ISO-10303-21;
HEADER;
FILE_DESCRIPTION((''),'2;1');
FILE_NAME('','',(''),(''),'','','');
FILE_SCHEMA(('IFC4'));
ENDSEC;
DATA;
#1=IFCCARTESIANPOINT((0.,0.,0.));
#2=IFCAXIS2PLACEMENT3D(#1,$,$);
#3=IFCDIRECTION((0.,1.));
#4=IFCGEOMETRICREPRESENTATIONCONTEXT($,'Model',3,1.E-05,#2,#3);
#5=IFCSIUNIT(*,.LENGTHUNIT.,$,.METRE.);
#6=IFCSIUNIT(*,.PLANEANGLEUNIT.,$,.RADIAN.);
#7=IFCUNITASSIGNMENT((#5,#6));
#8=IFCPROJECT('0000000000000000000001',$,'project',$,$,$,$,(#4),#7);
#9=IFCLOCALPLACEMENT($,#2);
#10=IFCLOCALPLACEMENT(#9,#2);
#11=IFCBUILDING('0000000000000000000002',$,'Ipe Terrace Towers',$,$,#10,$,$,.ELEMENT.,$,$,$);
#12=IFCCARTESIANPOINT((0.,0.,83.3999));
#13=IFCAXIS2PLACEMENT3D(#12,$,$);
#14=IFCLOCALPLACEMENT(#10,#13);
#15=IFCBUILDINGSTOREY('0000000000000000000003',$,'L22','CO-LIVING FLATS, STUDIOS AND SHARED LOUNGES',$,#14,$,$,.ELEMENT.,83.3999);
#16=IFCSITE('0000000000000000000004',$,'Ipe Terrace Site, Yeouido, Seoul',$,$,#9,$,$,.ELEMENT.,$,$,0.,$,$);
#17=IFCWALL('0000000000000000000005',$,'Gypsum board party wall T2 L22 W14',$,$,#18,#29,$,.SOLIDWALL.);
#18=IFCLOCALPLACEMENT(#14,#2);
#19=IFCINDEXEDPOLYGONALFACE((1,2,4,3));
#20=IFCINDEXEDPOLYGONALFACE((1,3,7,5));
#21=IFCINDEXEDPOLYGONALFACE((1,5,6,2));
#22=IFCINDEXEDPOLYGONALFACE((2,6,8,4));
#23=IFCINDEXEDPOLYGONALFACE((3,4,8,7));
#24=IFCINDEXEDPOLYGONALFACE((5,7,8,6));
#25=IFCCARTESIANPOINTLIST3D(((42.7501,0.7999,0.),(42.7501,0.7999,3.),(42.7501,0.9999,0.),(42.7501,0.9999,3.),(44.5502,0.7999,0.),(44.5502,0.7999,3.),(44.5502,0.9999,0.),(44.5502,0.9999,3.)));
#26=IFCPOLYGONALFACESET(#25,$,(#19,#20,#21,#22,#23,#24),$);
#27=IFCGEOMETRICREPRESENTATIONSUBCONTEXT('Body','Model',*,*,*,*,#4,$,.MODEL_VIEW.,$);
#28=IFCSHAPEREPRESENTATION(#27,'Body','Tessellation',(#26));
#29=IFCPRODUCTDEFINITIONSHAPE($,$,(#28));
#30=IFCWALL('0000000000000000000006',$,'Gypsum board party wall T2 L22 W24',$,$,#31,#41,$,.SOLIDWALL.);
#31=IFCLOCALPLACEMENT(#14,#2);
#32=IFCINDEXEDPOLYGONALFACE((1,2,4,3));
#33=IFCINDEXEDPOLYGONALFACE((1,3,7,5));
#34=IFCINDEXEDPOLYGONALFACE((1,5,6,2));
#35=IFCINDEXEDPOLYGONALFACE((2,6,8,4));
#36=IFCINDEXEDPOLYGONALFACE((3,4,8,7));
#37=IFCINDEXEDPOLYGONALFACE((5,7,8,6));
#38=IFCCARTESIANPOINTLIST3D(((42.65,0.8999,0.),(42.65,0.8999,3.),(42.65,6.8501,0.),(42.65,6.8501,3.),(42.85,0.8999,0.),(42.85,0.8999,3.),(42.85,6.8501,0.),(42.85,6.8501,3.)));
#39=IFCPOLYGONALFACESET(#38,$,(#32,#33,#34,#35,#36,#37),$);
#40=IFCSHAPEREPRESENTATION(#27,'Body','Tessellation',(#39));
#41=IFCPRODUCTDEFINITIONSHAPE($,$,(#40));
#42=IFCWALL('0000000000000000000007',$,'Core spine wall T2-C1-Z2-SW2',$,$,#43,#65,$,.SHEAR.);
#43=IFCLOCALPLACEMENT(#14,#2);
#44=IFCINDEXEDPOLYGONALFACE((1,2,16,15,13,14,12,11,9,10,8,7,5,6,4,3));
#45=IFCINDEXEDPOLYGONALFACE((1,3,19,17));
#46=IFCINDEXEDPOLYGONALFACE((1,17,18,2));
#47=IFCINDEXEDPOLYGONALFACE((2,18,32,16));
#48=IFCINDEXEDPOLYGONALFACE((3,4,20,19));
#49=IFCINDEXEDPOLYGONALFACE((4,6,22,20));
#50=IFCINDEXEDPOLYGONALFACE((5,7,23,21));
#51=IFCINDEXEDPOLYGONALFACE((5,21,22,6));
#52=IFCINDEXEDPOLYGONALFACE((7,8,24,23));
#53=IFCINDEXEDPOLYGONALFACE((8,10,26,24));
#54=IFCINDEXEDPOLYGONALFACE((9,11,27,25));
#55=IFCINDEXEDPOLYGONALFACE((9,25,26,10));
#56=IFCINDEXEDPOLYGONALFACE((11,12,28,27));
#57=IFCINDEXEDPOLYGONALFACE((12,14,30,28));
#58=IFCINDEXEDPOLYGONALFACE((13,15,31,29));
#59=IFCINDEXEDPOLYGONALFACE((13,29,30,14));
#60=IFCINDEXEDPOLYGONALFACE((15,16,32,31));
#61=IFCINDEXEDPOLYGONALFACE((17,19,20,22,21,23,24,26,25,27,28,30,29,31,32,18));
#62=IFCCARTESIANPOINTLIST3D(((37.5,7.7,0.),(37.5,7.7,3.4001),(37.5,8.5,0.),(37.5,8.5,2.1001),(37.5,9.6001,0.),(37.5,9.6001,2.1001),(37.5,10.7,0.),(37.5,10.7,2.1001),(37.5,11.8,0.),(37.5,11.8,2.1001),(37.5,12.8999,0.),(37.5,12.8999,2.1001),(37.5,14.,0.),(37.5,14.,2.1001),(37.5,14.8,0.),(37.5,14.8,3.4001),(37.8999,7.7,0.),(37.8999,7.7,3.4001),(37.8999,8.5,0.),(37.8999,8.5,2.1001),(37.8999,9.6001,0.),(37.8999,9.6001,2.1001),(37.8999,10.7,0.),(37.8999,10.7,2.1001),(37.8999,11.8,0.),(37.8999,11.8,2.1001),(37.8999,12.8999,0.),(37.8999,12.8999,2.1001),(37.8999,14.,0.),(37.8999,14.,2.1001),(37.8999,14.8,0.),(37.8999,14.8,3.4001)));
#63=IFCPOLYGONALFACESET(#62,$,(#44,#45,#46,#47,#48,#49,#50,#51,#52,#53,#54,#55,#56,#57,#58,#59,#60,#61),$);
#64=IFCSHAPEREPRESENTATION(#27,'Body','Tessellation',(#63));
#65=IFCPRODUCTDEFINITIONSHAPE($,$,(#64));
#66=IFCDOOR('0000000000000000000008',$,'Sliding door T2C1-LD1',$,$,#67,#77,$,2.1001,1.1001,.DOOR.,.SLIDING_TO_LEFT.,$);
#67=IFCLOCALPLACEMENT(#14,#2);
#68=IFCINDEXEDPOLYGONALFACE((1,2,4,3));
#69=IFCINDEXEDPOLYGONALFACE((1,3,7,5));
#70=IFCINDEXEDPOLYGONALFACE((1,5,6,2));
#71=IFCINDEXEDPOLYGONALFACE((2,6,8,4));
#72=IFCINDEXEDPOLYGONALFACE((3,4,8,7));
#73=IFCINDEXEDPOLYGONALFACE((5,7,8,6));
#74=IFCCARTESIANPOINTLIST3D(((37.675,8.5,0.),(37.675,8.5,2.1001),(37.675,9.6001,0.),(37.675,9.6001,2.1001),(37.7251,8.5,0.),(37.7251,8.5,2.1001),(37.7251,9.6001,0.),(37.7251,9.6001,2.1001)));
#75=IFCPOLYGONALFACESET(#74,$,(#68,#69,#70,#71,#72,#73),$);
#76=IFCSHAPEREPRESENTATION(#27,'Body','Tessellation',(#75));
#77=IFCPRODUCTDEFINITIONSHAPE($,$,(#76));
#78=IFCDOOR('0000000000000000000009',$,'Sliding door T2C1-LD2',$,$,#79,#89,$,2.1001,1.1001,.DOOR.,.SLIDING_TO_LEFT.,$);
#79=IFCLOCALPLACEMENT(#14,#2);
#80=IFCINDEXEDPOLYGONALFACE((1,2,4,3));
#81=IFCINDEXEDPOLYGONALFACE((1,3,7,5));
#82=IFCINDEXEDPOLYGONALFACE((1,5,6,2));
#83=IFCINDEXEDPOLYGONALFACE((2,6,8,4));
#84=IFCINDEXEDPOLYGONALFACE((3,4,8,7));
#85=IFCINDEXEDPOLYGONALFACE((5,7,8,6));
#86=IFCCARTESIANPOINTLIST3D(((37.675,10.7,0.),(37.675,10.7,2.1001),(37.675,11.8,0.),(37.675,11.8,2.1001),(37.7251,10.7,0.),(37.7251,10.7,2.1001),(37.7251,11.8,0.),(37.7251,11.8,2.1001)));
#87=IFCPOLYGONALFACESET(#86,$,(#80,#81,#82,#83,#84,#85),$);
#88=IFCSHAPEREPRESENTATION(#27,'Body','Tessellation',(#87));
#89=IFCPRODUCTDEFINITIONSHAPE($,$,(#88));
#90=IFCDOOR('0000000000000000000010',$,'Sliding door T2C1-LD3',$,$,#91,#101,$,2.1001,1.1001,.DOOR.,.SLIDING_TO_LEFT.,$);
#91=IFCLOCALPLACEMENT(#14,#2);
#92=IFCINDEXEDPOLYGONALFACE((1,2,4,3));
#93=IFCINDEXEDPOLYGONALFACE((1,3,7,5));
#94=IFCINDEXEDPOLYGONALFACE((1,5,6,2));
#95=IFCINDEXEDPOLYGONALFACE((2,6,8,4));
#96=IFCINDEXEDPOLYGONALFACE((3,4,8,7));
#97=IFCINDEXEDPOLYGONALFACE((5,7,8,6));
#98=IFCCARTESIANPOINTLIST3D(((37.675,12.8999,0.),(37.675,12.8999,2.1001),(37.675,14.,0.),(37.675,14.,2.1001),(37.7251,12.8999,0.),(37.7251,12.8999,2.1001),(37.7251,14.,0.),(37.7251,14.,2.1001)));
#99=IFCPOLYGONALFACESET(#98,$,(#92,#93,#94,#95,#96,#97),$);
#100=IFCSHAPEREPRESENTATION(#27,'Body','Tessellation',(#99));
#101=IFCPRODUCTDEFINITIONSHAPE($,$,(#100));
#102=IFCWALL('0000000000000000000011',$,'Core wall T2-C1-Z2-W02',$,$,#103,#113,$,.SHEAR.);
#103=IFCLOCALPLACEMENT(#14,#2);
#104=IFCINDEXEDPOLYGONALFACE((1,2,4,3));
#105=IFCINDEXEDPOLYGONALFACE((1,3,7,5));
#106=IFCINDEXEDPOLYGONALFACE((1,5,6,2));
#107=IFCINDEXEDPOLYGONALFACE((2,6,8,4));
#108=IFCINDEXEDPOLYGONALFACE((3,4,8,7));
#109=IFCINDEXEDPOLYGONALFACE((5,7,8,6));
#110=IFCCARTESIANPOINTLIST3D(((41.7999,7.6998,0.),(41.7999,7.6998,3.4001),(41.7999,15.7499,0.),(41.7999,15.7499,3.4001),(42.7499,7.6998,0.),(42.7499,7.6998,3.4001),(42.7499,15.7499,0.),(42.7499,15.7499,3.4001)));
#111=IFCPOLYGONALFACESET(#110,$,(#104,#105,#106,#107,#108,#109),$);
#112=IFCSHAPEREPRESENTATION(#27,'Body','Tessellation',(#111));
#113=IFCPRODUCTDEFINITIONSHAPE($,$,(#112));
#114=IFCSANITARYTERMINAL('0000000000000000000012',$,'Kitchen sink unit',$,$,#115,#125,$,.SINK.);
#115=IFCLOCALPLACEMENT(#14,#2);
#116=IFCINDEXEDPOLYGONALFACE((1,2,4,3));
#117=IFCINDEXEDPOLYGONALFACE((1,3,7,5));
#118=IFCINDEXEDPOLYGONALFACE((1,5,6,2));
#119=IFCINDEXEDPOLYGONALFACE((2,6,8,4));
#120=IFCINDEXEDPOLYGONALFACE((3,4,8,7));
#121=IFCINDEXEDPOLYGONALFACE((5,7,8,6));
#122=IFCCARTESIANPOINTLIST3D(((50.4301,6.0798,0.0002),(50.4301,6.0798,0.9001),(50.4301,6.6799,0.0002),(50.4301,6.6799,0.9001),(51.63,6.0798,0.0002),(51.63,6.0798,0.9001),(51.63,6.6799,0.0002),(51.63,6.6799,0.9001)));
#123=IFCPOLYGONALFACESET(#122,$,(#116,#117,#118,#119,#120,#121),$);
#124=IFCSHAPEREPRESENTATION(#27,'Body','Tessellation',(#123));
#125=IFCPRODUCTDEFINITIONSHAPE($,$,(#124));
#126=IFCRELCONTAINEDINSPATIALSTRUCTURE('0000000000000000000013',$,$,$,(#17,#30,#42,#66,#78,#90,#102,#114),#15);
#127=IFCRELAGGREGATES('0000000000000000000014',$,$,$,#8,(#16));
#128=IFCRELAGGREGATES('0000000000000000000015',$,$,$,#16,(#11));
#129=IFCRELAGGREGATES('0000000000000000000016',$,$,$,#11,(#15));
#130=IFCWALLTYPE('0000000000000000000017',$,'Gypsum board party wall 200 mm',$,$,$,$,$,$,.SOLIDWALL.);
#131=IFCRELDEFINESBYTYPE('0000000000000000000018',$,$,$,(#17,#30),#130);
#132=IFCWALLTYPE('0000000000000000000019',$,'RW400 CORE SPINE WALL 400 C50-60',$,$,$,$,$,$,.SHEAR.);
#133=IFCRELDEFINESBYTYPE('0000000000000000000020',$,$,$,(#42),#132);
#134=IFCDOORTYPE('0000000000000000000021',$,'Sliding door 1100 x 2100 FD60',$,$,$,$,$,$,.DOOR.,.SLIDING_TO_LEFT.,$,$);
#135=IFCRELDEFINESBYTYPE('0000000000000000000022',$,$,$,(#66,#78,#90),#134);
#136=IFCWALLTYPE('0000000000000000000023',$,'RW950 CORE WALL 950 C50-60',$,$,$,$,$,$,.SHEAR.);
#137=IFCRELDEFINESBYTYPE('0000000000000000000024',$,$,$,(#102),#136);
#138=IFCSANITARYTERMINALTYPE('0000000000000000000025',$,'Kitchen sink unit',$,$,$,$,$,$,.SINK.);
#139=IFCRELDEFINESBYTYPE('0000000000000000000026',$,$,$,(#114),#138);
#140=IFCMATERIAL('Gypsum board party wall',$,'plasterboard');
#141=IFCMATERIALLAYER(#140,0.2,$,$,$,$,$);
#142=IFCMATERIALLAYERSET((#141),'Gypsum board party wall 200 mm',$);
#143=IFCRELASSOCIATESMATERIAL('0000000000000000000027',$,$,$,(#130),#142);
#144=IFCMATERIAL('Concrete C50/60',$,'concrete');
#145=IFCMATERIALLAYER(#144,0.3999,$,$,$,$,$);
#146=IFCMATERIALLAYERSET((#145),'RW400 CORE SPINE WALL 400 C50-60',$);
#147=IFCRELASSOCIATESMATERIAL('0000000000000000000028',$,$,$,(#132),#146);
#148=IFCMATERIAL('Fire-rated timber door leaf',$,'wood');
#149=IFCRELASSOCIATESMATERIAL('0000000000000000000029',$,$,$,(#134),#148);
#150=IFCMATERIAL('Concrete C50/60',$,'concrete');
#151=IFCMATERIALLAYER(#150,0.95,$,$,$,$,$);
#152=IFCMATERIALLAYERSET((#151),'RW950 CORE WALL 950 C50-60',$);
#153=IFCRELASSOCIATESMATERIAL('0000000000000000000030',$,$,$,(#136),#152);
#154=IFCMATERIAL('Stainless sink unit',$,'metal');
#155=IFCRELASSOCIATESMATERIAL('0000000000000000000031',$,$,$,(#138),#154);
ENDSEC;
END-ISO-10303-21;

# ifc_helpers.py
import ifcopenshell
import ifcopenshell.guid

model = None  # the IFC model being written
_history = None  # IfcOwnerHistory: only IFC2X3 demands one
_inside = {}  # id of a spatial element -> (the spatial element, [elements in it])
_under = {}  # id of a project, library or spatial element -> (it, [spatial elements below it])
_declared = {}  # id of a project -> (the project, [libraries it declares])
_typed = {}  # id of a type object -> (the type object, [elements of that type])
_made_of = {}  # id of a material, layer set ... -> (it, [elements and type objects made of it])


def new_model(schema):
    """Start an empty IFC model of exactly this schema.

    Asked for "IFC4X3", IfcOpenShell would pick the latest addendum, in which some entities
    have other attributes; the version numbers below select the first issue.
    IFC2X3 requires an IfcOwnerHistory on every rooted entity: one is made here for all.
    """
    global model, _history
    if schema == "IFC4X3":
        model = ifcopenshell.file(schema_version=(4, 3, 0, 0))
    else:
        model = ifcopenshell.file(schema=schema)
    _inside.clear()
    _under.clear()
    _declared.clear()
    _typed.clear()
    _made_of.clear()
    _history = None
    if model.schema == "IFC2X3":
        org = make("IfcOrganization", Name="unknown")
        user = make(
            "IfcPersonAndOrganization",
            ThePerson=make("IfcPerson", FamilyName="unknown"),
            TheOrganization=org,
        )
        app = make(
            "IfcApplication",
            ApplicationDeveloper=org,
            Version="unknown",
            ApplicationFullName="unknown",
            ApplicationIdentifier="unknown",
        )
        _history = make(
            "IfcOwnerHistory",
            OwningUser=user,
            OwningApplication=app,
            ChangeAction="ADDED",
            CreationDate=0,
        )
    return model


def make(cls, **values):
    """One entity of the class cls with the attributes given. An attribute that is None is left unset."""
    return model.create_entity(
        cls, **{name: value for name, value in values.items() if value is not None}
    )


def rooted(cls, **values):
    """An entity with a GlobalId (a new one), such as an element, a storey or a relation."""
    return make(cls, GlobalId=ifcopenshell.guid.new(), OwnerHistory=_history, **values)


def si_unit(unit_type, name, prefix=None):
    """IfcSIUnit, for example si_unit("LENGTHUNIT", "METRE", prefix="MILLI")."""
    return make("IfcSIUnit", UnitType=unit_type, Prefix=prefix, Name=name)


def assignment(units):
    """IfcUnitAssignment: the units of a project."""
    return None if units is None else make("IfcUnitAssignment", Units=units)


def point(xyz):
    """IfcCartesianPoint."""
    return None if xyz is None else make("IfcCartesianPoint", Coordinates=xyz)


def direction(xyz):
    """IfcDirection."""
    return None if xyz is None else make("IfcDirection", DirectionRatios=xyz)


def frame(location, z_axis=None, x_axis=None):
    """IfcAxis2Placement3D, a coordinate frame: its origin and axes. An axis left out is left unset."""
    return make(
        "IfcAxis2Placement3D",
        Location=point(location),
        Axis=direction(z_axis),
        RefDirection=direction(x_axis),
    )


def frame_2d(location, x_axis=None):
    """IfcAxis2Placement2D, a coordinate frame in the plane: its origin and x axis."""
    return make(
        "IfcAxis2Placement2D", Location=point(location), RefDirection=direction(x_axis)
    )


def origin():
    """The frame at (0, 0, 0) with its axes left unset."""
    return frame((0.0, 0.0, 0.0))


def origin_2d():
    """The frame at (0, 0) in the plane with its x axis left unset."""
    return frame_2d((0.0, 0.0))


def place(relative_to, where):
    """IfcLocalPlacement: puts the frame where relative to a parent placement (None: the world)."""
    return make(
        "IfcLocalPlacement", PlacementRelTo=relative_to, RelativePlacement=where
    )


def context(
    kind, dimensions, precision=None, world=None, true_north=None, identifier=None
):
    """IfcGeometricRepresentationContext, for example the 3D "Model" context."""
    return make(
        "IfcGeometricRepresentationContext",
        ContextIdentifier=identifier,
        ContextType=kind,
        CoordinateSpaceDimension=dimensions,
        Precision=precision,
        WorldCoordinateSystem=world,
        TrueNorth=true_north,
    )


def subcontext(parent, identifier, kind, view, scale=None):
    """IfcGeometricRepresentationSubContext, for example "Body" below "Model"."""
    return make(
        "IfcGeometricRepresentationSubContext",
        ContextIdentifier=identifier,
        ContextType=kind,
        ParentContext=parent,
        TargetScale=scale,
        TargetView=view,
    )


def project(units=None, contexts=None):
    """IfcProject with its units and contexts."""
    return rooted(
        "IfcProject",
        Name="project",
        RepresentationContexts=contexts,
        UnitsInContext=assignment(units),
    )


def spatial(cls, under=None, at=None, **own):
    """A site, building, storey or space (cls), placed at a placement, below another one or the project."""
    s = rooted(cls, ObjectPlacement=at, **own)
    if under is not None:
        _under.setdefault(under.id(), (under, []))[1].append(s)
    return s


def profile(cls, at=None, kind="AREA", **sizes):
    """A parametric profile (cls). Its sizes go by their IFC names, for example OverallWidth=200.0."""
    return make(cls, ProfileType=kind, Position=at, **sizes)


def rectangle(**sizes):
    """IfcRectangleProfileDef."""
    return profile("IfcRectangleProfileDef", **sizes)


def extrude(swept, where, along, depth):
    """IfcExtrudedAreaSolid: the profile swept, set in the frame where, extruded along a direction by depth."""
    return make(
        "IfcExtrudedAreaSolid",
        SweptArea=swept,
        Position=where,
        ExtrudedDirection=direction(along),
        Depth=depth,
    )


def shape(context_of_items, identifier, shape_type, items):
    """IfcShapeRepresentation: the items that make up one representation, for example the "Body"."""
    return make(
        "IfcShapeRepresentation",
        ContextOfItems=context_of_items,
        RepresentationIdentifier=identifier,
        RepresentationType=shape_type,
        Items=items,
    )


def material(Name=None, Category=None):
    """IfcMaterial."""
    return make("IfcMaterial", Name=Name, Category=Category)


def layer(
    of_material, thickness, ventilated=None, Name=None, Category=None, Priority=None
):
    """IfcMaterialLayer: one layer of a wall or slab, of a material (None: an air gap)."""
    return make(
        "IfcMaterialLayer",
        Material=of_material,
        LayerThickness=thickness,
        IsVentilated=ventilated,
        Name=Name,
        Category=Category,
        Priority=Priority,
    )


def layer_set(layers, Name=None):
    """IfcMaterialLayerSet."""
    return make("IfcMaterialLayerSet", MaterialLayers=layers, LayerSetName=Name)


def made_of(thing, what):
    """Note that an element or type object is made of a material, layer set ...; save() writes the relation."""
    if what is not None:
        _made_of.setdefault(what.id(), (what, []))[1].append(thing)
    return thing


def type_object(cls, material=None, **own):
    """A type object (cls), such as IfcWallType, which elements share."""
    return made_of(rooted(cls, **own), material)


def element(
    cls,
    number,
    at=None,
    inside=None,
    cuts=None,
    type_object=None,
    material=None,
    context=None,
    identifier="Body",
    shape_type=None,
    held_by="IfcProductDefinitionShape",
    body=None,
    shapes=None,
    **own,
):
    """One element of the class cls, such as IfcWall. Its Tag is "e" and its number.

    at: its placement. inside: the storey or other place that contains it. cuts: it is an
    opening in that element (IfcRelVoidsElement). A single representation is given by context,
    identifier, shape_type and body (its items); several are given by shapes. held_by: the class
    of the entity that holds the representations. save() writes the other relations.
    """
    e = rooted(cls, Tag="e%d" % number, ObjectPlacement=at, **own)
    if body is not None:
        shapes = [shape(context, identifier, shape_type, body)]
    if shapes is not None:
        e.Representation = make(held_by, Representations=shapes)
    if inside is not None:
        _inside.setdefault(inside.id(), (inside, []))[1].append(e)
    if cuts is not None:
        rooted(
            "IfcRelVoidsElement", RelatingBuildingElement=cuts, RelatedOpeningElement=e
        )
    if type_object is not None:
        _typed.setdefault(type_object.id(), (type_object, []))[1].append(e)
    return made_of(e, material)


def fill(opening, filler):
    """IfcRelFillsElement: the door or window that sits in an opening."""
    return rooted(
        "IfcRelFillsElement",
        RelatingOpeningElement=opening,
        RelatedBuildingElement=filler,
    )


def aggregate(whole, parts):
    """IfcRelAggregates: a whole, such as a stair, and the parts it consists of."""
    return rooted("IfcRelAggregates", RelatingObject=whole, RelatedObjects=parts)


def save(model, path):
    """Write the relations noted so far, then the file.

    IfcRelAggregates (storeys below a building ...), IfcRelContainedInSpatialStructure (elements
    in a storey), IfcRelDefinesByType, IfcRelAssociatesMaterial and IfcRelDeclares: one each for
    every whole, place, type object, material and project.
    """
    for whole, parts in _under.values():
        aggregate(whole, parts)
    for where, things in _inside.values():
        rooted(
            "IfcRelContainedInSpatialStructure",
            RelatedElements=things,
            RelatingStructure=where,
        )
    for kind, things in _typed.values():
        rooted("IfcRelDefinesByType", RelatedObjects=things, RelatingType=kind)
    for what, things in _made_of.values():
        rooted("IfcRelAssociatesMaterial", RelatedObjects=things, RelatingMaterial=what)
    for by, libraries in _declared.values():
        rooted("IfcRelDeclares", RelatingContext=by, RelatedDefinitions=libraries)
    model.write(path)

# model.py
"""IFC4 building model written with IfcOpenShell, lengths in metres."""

from ifc_helpers import new_model, si_unit, direction, frame, frame_2d, origin, origin_2d, place, context, subcontext, project, spatial, rectangle, extrude, material, layer, layer_set, type_object, element, fill, save


model = new_model("IFC4")

# Units and contexts
model_context = context("Model", 3, precision=1e-05, world=origin(), true_north=direction((0.0, 1.0)))
body_context = subcontext(model_context, "Body", "Model", "MODEL_VIEW")
ifc_project = project(units=[si_unit("LENGTHUNIT", "METRE"), si_unit("PLANEANGLEUNIT", "RADIAN")], contexts=[model_context])

# Site, building, storey
site_placement = place(None, origin())
site = spatial("IfcSite", under=ifc_project, at=site_placement, Name="Ipe Terrace Site, Yeouido, Seoul", CompositionType="ELEMENT", RefElevation=0.0)
building_placement = place(site_placement, origin())
building = spatial("IfcBuilding", under=site, at=building_placement, Name="Ipe Terrace Towers", CompositionType="ELEMENT")
storey_placement = place(building_placement, frame((0.0, 0.0, 83.3999)))
storey = spatial("IfcBuildingStorey", under=building, at=storey_placement, Name="L22", Description="CO-LIVING FLATS, STUDIOS AND SHARED LOUNGES", CompositionType="ELEMENT", Elevation=83.3999)

# Walls
ifc_material_1 = material(Name="Gypsum board party wall", Category="plasterboard")
ifc_layer_1 = layer(ifc_material_1, 0.2)
ifc_layer_set_1 = layer_set([ifc_layer_1], Name="Gypsum board party wall 200 mm")
wall_type_1 = type_object("IfcWallType", Name="Gypsum board party wall 200 mm", PredefinedType="SOLIDWALL", material=ifc_layer_set_1)
wall_1_placement = place(storey_placement, frame((44.55, 0.8999, 0.0), z_axis=(0.0, 0.0, 1.0), x_axis=(-1.0, 0.0, 0.0)))
element("IfcWall", 1, at=wall_1_placement, inside=storey, type_object=wall_type_1, Name="Gypsum board party wall T2 L22 W14", PredefinedType="SOLIDWALL", context=body_context, shape_type="SweptSolid", body=[
    extrude(rectangle(XDim=1.8, YDim=0.2, at=frame_2d((0.8999, 0.0))), origin(), (0.0, 0.0, 1.0), 3.0),
])
wall_2_placement = place(storey_placement, frame((42.75, 0.8999, 0.0), z_axis=(0.0, 0.0, 1.0), x_axis=(0.0, 1.0, 0.0)))
element("IfcWall", 2, at=wall_2_placement, inside=storey, type_object=wall_type_1, Name="Gypsum board party wall T2 L22 W24", PredefinedType="SOLIDWALL", context=body_context, shape_type="SweptSolid", body=[
    extrude(rectangle(XDim=5.9502, YDim=0.2, at=frame_2d((2.9751, 0.0))), origin(), (0.0, 0.0, 1.0), 3.0),
])

# Wall, openings, doors
ifc_material_2 = material(Name="Concrete C50/60", Category="concrete")
ifc_layer_2 = layer(ifc_material_2, 0.3999)
ifc_layer_set_2 = layer_set([ifc_layer_2], Name="RW400 CORE SPINE WALL 400 C50-60")
wall_type_2 = type_object("IfcWallType", Name="RW400 CORE SPINE WALL 400 C50-60", PredefinedType="SHEAR", material=ifc_layer_set_2)
wall_3_placement = place(storey_placement, frame((37.7, 7.7, 0.0), z_axis=(0.0, 0.0, 1.0), x_axis=(0.0, 1.0, 0.0)))
wall_3 = element("IfcWall", 3, at=wall_3_placement, inside=storey, type_object=wall_type_2, Name="Core spine wall T2-C1-Z2-SW2", PredefinedType="SHEAR", context=body_context, shape_type="SweptSolid", body=[
    extrude(rectangle(XDim=7.1001, YDim=0.3999, at=frame_2d((3.55, 0.0))), origin(), (0.0, 0.0, 1.0), 3.4001),
])
opening_1_placement = place(wall_3_placement, frame((0.8, 0.0, 0.0)))
opening_1 = element("IfcOpeningElement", 4, at=opening_1_placement, cuts=wall_3, PredefinedType="OPENING", context=body_context, shape_type="SweptSolid", body=[
    extrude(rectangle(XDim=1.1001, YDim=2.1001, at=frame_2d((0.55, 1.05))), frame((0.0, 0.21, 0.0), z_axis=(0.0, -1.0, 0.0), x_axis=(1.0, 0.0, 0.0)), (0.0, 0.0, 1.0), 0.4199),
])
opening_2_placement = place(wall_3_placement, frame((3.0, 0.0, 0.0)))
opening_2 = element("IfcOpeningElement", 5, at=opening_2_placement, cuts=wall_3, PredefinedType="OPENING", context=body_context, shape_type="SweptSolid", body=[
    extrude(rectangle(XDim=1.1001, YDim=2.1001, at=frame_2d((0.55, 1.05))), frame((0.0, 0.21, 0.0), z_axis=(0.0, -1.0, 0.0), x_axis=(1.0, 0.0, 0.0)), (0.0, 0.0, 1.0), 0.4199),
])
opening_3_placement = place(wall_3_placement, frame((5.2, 0.0, 0.0)))
opening_3 = element("IfcOpeningElement", 6, at=opening_3_placement, cuts=wall_3, PredefinedType="OPENING", context=body_context, shape_type="SweptSolid", body=[
    extrude(rectangle(XDim=1.1001, YDim=2.1001, at=frame_2d((0.55, 1.05))), frame((0.0, 0.21, 0.0), z_axis=(0.0, -1.0, 0.0), x_axis=(1.0, 0.0, 0.0)), (0.0, 0.0, 1.0), 0.4199),
])
ifc_material_3 = material(Name="Fire-rated timber door leaf", Category="wood")
door_type_1 = type_object("IfcDoorType", Name="Sliding door 1100 x 2100 FD60", OperationType="SLIDING_TO_LEFT", PredefinedType="DOOR", material=ifc_material_3)
door_1_placement = place(opening_1_placement, origin())
door_1 = element("IfcDoor", 7, at=door_1_placement, inside=storey, type_object=door_type_1, Name="Sliding door T2C1-LD1", OperationType="SLIDING_TO_LEFT", OverallHeight=2.1001, OverallWidth=1.1001, PredefinedType="DOOR", context=body_context, shape_type="SweptSolid", body=[
    extrude(rectangle(XDim=1.1001, YDim=2.1001, at=frame_2d((0.55, 1.05))), frame((0.0, 0.0249, 0.0), z_axis=(0.0, -1.0, 0.0), x_axis=(1.0, 0.0, 0.0)), (0.0, 0.0, 1.0), 0.05),
])
fill(opening_1, door_1)
door_2_placement = place(opening_2_placement, origin())
door_2 = element("IfcDoor", 8, at=door_2_placement, inside=storey, type_object=door_type_1, Name="Sliding door T2C1-LD2", OperationType="SLIDING_TO_LEFT", OverallHeight=2.1001, OverallWidth=1.1001, PredefinedType="DOOR", context=body_context, shape_type="SweptSolid", body=[
    extrude(rectangle(XDim=1.1001, YDim=2.1001, at=frame_2d((0.55, 1.05))), frame((0.0, 0.0249, 0.0), z_axis=(0.0, -1.0, 0.0), x_axis=(1.0, 0.0, 0.0)), (0.0, 0.0, 1.0), 0.05),
])
fill(opening_2, door_2)
door_3_placement = place(opening_3_placement, origin())
door_3 = element("IfcDoor", 9, at=door_3_placement, inside=storey, type_object=door_type_1, Name="Sliding door T2C1-LD3", OperationType="SLIDING_TO_LEFT", OverallHeight=2.1001, OverallWidth=1.1001, PredefinedType="DOOR", context=body_context, shape_type="SweptSolid", body=[
    extrude(rectangle(XDim=1.1001, YDim=2.1001, at=frame_2d((0.55, 1.05))), frame((0.0, 0.0249, 0.0), z_axis=(0.0, -1.0, 0.0), x_axis=(1.0, 0.0, 0.0)), (0.0, 0.0, 1.0), 0.05),
])
fill(opening_3, door_3)

# Wall
ifc_material_4 = material(Name="Concrete C50/60", Category="concrete")
ifc_layer_3 = layer(ifc_material_4, 0.95)
ifc_layer_set_3 = layer_set([ifc_layer_3], Name="RW950 CORE WALL 950 C50-60")
wall_type_3 = type_object("IfcWallType", Name="RW950 CORE WALL 950 C50-60", PredefinedType="SHEAR", material=ifc_layer_set_3)
wall_4_placement = place(storey_placement, frame((42.2749, 7.7, 0.0), z_axis=(0.0, 0.0, 1.0), x_axis=(0.0, 1.0, 0.0)))
element("IfcWall", 10, at=wall_4_placement, inside=storey, type_object=wall_type_3, Name="Core wall T2-C1-Z2-W02", PredefinedType="SHEAR", context=body_context, shape_type="SweptSolid", body=[
    extrude(rectangle(XDim=8.05, YDim=0.95, at=frame_2d((4.0249, 0.0))), origin(), (0.0, 0.0, 1.0), 3.4001),
])

# Sanitary terminal
ifc_material_5 = material(Name="Stainless sink unit", Category="metal")
sanitary_terminal_type = type_object("IfcSanitaryTerminalType", Name="Kitchen sink unit", PredefinedType="SINK", material=ifc_material_5)
sanitary_terminal_placement = place(storey_placement, frame((51.03, 6.3799, 0.0002), z_axis=(0.0, 0.0, 1.0), x_axis=(1.0, 0.0, 0.0)))
element("IfcSanitaryTerminal", 11, at=sanitary_terminal_placement, inside=storey, type_object=sanitary_terminal_type, Name="Kitchen sink unit", PredefinedType="SINK", context=body_context, shape_type="SweptSolid", body=[
    extrude(rectangle(XDim=1.2, YDim=0.6001, at=origin_2d()), origin(), (0.0, 0.0, 1.0), 0.8999),
])

save(model, "model.ifc")
